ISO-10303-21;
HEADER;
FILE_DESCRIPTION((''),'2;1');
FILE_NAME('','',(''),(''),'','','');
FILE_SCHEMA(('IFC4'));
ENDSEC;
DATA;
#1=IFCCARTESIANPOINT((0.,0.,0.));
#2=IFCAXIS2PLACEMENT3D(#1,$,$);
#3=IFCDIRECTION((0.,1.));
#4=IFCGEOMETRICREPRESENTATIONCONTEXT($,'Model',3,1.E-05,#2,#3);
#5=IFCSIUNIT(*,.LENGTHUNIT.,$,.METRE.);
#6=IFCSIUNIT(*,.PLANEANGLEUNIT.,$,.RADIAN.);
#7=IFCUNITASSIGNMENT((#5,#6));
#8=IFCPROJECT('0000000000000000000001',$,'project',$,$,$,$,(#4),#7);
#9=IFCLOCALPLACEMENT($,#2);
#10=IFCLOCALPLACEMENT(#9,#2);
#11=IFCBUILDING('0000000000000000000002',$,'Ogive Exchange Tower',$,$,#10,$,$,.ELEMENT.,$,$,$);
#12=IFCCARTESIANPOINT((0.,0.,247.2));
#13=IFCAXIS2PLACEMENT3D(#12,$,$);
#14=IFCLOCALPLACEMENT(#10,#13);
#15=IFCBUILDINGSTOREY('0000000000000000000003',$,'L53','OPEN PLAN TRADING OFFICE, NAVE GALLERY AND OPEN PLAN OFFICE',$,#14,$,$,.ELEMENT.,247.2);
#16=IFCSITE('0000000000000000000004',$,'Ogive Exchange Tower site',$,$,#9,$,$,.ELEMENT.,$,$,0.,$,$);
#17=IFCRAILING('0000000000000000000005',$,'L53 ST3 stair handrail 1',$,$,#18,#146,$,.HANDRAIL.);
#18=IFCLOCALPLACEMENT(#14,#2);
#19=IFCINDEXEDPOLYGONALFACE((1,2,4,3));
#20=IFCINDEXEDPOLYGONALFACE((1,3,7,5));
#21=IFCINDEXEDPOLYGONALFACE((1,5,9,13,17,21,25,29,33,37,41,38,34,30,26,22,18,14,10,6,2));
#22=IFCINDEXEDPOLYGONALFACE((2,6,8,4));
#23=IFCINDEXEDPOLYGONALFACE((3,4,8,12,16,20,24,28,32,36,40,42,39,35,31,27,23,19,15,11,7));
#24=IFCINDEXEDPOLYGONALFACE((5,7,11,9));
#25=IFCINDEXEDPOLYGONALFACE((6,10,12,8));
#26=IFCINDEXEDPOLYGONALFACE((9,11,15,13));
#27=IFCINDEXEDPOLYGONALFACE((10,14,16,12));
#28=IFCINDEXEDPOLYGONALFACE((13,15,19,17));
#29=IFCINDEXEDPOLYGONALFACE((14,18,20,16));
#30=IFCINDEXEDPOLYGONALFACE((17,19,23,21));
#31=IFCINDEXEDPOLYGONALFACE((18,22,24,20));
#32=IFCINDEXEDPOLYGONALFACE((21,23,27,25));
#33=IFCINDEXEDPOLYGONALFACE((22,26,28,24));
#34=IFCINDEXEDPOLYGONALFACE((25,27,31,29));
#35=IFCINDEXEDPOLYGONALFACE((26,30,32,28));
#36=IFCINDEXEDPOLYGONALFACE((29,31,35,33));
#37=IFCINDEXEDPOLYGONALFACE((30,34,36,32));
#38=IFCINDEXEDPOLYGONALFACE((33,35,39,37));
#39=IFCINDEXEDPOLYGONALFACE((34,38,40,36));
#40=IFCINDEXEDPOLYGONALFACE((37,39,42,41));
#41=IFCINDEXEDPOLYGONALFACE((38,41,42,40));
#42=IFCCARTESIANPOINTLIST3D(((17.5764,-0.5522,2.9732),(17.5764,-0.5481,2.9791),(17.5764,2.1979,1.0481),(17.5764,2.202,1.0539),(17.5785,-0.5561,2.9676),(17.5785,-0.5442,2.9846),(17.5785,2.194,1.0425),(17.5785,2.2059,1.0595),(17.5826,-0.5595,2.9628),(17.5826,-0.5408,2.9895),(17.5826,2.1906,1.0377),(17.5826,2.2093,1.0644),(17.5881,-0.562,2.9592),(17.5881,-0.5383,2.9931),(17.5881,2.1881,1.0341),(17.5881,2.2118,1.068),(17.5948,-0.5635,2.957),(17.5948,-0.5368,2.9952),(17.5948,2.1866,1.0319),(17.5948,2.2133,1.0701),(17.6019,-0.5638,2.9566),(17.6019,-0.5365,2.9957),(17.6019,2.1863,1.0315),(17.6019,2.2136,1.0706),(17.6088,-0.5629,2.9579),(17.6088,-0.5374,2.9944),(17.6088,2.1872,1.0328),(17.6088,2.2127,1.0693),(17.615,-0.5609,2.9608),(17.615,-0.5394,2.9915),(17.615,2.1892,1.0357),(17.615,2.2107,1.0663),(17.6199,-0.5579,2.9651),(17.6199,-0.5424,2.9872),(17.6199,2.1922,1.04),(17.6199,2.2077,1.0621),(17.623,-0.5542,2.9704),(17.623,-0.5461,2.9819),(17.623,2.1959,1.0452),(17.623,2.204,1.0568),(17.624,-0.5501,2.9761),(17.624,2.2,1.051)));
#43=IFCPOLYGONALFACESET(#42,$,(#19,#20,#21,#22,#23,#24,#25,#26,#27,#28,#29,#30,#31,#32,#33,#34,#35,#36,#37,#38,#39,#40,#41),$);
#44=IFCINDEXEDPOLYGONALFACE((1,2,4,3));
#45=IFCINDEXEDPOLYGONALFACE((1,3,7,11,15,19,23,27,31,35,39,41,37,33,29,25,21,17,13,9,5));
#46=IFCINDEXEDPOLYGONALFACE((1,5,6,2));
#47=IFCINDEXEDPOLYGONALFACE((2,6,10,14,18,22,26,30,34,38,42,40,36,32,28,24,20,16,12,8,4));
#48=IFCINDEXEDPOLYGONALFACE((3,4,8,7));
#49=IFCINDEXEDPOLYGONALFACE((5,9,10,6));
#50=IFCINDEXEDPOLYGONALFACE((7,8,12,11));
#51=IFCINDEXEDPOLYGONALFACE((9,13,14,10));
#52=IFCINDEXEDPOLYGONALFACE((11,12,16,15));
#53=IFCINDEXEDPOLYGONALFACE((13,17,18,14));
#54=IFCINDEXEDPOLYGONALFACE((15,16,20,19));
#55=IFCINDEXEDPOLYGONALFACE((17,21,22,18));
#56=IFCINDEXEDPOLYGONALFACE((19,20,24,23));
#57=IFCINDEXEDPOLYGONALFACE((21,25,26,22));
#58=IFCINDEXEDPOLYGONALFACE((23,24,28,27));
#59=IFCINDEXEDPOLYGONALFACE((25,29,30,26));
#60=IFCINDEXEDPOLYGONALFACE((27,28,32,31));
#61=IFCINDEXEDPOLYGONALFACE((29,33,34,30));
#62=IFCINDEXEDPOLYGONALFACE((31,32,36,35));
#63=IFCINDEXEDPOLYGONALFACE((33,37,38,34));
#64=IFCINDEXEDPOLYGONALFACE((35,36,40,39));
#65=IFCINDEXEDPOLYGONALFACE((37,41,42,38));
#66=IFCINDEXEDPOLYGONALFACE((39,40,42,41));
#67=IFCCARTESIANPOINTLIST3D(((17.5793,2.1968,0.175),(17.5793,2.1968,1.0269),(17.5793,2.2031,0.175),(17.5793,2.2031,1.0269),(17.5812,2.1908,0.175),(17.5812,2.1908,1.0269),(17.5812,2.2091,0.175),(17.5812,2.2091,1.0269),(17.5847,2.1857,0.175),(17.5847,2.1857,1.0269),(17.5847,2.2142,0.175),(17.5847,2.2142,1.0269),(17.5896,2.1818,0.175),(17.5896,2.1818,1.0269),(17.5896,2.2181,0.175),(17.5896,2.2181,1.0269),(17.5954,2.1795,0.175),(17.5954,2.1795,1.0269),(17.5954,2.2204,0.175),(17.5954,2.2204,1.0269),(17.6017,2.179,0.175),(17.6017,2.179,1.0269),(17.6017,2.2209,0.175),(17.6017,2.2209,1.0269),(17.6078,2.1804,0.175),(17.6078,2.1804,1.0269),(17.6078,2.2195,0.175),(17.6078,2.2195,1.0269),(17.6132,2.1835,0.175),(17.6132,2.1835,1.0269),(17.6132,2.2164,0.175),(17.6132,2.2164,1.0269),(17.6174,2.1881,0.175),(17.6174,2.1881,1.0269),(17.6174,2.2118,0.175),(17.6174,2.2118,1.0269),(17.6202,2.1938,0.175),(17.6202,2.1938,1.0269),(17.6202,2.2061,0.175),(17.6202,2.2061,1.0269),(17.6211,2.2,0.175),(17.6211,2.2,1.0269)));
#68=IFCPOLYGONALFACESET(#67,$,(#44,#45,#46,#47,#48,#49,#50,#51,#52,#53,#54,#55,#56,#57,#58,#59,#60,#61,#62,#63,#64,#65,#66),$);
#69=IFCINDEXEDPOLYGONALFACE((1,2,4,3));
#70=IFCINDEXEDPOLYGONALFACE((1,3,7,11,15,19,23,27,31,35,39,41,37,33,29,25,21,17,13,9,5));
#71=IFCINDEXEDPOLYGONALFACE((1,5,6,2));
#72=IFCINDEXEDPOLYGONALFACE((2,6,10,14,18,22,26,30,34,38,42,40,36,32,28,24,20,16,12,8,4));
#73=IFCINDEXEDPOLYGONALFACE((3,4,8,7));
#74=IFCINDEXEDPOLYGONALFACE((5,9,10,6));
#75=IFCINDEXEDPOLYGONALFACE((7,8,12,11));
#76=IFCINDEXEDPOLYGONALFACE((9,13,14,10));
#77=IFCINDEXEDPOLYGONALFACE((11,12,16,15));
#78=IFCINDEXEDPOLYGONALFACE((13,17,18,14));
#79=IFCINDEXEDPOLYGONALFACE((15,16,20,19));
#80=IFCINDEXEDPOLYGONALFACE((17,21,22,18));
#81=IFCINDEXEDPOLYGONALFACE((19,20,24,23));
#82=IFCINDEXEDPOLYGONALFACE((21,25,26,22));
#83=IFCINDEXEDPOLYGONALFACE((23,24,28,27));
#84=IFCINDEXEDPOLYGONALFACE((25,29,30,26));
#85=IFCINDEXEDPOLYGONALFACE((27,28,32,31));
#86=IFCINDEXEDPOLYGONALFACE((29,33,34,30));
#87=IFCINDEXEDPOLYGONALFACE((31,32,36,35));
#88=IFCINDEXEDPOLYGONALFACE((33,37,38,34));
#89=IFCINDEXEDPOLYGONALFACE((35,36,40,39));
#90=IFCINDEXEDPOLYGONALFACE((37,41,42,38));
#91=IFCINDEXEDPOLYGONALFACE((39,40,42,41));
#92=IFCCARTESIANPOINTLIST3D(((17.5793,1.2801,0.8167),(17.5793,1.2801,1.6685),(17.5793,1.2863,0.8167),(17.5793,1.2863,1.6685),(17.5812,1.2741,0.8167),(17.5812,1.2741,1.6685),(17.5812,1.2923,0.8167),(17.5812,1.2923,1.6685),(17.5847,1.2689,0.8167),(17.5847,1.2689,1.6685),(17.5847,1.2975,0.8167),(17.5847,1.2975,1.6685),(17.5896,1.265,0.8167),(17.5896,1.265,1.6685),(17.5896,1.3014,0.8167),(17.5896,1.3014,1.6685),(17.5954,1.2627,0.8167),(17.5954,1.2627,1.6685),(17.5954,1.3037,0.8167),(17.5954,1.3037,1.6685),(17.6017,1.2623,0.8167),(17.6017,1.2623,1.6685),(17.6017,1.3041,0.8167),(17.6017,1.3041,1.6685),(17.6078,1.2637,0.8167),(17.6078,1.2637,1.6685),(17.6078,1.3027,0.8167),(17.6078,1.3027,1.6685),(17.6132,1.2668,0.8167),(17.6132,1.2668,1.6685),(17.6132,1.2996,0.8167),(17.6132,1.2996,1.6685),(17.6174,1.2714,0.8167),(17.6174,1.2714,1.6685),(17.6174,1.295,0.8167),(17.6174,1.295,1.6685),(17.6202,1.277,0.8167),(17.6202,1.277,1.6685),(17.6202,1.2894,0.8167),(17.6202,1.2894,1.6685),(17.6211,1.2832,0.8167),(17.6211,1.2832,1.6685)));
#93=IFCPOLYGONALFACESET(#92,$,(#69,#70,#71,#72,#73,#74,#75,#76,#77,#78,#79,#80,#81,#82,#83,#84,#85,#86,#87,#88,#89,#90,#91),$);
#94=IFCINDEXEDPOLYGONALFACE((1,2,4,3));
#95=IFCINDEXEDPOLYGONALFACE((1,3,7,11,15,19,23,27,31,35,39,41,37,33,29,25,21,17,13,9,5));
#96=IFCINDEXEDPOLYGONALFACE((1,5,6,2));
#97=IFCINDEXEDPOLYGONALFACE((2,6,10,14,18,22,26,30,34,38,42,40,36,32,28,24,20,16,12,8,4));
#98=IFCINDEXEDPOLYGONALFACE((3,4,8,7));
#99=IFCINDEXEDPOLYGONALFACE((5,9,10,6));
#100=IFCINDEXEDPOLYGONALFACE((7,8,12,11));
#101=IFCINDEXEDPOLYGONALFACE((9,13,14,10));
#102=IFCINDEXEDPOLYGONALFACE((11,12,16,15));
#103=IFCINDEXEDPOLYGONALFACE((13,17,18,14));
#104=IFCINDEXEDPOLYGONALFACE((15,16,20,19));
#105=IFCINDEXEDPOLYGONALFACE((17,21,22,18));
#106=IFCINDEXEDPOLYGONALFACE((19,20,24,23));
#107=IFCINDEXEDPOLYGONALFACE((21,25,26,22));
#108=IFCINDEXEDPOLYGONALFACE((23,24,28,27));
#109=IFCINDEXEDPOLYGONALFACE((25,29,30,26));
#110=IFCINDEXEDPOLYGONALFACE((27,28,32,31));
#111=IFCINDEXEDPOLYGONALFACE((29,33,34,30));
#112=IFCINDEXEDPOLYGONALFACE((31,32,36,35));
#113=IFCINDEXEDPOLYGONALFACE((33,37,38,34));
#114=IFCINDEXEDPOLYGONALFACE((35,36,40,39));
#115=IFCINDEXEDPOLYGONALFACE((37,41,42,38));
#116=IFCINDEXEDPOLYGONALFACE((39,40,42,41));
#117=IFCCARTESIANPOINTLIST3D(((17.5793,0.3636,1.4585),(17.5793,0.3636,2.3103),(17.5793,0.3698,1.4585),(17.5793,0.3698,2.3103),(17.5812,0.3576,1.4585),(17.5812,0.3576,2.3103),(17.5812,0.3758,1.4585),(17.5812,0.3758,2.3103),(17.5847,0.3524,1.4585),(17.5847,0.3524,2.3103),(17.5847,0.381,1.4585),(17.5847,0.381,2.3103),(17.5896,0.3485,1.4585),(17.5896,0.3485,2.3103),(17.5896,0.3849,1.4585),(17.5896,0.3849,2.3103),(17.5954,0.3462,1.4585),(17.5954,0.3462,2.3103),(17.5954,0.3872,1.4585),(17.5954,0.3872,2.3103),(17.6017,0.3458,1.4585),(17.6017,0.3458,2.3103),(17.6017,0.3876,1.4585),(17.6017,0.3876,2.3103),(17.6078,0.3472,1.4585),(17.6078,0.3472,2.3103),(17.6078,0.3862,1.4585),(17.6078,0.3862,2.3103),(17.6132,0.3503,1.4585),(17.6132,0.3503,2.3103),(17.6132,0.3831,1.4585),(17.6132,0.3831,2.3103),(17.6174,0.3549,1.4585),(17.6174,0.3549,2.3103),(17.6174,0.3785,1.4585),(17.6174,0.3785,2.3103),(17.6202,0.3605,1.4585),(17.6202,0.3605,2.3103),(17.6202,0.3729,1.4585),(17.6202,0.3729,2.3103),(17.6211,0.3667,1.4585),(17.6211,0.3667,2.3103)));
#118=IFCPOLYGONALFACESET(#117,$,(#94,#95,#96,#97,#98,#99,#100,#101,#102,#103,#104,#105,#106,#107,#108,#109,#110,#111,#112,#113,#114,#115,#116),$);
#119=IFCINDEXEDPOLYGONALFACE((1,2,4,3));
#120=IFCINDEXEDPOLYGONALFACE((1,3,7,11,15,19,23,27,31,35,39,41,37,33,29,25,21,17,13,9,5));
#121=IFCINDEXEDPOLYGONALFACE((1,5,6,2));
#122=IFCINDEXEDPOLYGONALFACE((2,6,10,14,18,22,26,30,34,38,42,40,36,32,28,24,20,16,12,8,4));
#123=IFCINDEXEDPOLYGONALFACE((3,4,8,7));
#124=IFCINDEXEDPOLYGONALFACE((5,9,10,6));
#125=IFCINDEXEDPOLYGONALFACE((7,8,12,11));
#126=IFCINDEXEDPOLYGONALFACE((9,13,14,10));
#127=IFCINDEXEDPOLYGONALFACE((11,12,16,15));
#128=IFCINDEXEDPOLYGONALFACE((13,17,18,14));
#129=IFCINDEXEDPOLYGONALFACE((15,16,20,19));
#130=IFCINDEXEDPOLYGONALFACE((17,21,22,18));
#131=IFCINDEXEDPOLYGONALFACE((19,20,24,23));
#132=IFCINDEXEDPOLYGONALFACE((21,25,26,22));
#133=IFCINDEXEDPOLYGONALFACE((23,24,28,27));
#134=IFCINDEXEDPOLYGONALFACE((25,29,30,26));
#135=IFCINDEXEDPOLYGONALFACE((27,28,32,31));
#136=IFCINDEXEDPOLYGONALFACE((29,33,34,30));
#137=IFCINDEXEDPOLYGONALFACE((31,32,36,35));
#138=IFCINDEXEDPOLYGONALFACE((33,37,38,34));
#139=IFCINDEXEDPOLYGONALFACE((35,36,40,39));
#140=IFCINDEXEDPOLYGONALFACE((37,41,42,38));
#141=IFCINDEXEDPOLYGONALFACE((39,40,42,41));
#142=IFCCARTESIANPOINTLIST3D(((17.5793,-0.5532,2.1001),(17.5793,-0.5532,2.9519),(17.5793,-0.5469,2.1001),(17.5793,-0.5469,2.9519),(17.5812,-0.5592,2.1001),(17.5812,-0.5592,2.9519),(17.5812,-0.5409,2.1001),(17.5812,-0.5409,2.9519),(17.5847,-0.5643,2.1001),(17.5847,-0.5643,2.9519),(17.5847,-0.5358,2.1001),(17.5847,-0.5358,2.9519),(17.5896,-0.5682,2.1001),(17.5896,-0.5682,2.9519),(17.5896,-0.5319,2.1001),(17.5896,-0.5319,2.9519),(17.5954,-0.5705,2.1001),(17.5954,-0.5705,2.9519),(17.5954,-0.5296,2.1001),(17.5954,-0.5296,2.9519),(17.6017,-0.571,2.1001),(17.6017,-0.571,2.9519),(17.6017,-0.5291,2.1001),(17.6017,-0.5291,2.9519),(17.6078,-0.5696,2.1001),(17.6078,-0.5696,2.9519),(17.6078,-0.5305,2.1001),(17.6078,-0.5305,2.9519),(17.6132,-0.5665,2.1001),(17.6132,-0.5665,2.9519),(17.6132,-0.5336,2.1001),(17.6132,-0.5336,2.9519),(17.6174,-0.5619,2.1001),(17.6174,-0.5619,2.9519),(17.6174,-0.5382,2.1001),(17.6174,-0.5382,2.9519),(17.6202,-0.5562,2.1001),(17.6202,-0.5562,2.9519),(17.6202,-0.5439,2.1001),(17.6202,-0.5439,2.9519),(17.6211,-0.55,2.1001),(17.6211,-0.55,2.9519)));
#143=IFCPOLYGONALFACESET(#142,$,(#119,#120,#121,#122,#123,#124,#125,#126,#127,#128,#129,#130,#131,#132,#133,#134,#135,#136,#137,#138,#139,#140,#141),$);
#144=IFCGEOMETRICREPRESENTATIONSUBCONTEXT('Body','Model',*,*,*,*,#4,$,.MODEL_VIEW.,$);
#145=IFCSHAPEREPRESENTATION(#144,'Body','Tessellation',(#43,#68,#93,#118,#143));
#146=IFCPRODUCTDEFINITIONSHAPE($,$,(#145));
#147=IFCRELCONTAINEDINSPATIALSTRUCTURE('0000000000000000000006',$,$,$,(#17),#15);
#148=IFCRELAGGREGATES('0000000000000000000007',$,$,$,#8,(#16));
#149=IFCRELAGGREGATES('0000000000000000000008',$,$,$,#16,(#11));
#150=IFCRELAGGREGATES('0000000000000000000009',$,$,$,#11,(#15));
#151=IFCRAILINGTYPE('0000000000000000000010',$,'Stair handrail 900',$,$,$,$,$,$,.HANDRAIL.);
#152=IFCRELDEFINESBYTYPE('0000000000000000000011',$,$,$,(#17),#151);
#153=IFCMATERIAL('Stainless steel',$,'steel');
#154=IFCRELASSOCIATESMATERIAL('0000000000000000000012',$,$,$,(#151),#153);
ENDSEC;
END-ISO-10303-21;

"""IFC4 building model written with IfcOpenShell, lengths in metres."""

from ifc_helpers import new_model, si_unit, direction, frame, origin, origin_2d, place, context, subcontext, project, spatial, circle, extrude, material, type_object, element, save


model = new_model("IFC4")

# Units and contexts
model_context = context("Model", 3, precision=1e-05, world=origin(), true_north=direction((0.0, 1.0)))
body_context = subcontext(model_context, "Body", "Model", "MODEL_VIEW")
ifc_project = project(units=[si_unit("LENGTHUNIT", "METRE"), si_unit("PLANEANGLEUNIT", "RADIAN")], contexts=[model_context])

# Site, building, storey
site_placement = place(None, origin())
site = spatial("IfcSite", under=ifc_project, at=site_placement, Name="Ogive Exchange Tower site", CompositionType="ELEMENT", RefElevation=0.0)
building_placement = place(site_placement, origin())
building = spatial("IfcBuilding", under=site, at=building_placement, Name="Ogive Exchange Tower", CompositionType="ELEMENT")
storey_placement = place(building_placement, frame((0.0, 0.0, 247.2)))
storey = spatial("IfcBuildingStorey", under=building, at=storey_placement, Name="L53", Description="OPEN PLAN TRADING OFFICE, NAVE GALLERY AND OPEN PLAN OFFICE", CompositionType="ELEMENT", Elevation=247.2)

# Shared definitions
ifc_material_1 = material(Name="Stainless steel", Category="steel")

# Railing
railing_type = type_object("IfcRailingType", Name="Stair handrail 900", PredefinedType="HANDRAIL", material=ifc_material_1)
railing_1_placement = place(storey_placement, frame((17.6001, 2.2, 0.175)))
element("IfcRailing", 1, at=railing_1_placement, inside=storey, type_object=railing_type, Name="L53 ST3 stair handrail 1", PredefinedType="HANDRAIL", context=body_context, shape_type="SweptSolid", body=[
    extrude(circle(Radius=0.0239, at=origin_2d()), frame((0.0, 0.0, 0.876), z_axis=(0.0, -0.819225, 0.573472), x_axis=(1.0, 0.0, 0.0)), (0.0, 0.0, 1.0), 3.3569),
    extrude(circle(Radius=0.021, at=origin_2d()), origin(), (0.0, 0.0, 1.0), 0.8518),
    extrude(circle(Radius=0.021, at=origin_2d()), frame((0.0, -0.9167, 0.6416)), (0.0, 0.0, 1.0), 0.8518),
    extrude(circle(Radius=0.021, at=origin_2d()), frame((0.0, -1.8333, 1.2834)), (0.0, 0.0, 1.0), 0.8518),
    extrude(circle(Radius=0.021, at=origin_2d()), frame((0.0, -2.75, 1.925)), (0.0, 0.0, 1.0), 0.8518),
])

save(model, "model.ifc")
